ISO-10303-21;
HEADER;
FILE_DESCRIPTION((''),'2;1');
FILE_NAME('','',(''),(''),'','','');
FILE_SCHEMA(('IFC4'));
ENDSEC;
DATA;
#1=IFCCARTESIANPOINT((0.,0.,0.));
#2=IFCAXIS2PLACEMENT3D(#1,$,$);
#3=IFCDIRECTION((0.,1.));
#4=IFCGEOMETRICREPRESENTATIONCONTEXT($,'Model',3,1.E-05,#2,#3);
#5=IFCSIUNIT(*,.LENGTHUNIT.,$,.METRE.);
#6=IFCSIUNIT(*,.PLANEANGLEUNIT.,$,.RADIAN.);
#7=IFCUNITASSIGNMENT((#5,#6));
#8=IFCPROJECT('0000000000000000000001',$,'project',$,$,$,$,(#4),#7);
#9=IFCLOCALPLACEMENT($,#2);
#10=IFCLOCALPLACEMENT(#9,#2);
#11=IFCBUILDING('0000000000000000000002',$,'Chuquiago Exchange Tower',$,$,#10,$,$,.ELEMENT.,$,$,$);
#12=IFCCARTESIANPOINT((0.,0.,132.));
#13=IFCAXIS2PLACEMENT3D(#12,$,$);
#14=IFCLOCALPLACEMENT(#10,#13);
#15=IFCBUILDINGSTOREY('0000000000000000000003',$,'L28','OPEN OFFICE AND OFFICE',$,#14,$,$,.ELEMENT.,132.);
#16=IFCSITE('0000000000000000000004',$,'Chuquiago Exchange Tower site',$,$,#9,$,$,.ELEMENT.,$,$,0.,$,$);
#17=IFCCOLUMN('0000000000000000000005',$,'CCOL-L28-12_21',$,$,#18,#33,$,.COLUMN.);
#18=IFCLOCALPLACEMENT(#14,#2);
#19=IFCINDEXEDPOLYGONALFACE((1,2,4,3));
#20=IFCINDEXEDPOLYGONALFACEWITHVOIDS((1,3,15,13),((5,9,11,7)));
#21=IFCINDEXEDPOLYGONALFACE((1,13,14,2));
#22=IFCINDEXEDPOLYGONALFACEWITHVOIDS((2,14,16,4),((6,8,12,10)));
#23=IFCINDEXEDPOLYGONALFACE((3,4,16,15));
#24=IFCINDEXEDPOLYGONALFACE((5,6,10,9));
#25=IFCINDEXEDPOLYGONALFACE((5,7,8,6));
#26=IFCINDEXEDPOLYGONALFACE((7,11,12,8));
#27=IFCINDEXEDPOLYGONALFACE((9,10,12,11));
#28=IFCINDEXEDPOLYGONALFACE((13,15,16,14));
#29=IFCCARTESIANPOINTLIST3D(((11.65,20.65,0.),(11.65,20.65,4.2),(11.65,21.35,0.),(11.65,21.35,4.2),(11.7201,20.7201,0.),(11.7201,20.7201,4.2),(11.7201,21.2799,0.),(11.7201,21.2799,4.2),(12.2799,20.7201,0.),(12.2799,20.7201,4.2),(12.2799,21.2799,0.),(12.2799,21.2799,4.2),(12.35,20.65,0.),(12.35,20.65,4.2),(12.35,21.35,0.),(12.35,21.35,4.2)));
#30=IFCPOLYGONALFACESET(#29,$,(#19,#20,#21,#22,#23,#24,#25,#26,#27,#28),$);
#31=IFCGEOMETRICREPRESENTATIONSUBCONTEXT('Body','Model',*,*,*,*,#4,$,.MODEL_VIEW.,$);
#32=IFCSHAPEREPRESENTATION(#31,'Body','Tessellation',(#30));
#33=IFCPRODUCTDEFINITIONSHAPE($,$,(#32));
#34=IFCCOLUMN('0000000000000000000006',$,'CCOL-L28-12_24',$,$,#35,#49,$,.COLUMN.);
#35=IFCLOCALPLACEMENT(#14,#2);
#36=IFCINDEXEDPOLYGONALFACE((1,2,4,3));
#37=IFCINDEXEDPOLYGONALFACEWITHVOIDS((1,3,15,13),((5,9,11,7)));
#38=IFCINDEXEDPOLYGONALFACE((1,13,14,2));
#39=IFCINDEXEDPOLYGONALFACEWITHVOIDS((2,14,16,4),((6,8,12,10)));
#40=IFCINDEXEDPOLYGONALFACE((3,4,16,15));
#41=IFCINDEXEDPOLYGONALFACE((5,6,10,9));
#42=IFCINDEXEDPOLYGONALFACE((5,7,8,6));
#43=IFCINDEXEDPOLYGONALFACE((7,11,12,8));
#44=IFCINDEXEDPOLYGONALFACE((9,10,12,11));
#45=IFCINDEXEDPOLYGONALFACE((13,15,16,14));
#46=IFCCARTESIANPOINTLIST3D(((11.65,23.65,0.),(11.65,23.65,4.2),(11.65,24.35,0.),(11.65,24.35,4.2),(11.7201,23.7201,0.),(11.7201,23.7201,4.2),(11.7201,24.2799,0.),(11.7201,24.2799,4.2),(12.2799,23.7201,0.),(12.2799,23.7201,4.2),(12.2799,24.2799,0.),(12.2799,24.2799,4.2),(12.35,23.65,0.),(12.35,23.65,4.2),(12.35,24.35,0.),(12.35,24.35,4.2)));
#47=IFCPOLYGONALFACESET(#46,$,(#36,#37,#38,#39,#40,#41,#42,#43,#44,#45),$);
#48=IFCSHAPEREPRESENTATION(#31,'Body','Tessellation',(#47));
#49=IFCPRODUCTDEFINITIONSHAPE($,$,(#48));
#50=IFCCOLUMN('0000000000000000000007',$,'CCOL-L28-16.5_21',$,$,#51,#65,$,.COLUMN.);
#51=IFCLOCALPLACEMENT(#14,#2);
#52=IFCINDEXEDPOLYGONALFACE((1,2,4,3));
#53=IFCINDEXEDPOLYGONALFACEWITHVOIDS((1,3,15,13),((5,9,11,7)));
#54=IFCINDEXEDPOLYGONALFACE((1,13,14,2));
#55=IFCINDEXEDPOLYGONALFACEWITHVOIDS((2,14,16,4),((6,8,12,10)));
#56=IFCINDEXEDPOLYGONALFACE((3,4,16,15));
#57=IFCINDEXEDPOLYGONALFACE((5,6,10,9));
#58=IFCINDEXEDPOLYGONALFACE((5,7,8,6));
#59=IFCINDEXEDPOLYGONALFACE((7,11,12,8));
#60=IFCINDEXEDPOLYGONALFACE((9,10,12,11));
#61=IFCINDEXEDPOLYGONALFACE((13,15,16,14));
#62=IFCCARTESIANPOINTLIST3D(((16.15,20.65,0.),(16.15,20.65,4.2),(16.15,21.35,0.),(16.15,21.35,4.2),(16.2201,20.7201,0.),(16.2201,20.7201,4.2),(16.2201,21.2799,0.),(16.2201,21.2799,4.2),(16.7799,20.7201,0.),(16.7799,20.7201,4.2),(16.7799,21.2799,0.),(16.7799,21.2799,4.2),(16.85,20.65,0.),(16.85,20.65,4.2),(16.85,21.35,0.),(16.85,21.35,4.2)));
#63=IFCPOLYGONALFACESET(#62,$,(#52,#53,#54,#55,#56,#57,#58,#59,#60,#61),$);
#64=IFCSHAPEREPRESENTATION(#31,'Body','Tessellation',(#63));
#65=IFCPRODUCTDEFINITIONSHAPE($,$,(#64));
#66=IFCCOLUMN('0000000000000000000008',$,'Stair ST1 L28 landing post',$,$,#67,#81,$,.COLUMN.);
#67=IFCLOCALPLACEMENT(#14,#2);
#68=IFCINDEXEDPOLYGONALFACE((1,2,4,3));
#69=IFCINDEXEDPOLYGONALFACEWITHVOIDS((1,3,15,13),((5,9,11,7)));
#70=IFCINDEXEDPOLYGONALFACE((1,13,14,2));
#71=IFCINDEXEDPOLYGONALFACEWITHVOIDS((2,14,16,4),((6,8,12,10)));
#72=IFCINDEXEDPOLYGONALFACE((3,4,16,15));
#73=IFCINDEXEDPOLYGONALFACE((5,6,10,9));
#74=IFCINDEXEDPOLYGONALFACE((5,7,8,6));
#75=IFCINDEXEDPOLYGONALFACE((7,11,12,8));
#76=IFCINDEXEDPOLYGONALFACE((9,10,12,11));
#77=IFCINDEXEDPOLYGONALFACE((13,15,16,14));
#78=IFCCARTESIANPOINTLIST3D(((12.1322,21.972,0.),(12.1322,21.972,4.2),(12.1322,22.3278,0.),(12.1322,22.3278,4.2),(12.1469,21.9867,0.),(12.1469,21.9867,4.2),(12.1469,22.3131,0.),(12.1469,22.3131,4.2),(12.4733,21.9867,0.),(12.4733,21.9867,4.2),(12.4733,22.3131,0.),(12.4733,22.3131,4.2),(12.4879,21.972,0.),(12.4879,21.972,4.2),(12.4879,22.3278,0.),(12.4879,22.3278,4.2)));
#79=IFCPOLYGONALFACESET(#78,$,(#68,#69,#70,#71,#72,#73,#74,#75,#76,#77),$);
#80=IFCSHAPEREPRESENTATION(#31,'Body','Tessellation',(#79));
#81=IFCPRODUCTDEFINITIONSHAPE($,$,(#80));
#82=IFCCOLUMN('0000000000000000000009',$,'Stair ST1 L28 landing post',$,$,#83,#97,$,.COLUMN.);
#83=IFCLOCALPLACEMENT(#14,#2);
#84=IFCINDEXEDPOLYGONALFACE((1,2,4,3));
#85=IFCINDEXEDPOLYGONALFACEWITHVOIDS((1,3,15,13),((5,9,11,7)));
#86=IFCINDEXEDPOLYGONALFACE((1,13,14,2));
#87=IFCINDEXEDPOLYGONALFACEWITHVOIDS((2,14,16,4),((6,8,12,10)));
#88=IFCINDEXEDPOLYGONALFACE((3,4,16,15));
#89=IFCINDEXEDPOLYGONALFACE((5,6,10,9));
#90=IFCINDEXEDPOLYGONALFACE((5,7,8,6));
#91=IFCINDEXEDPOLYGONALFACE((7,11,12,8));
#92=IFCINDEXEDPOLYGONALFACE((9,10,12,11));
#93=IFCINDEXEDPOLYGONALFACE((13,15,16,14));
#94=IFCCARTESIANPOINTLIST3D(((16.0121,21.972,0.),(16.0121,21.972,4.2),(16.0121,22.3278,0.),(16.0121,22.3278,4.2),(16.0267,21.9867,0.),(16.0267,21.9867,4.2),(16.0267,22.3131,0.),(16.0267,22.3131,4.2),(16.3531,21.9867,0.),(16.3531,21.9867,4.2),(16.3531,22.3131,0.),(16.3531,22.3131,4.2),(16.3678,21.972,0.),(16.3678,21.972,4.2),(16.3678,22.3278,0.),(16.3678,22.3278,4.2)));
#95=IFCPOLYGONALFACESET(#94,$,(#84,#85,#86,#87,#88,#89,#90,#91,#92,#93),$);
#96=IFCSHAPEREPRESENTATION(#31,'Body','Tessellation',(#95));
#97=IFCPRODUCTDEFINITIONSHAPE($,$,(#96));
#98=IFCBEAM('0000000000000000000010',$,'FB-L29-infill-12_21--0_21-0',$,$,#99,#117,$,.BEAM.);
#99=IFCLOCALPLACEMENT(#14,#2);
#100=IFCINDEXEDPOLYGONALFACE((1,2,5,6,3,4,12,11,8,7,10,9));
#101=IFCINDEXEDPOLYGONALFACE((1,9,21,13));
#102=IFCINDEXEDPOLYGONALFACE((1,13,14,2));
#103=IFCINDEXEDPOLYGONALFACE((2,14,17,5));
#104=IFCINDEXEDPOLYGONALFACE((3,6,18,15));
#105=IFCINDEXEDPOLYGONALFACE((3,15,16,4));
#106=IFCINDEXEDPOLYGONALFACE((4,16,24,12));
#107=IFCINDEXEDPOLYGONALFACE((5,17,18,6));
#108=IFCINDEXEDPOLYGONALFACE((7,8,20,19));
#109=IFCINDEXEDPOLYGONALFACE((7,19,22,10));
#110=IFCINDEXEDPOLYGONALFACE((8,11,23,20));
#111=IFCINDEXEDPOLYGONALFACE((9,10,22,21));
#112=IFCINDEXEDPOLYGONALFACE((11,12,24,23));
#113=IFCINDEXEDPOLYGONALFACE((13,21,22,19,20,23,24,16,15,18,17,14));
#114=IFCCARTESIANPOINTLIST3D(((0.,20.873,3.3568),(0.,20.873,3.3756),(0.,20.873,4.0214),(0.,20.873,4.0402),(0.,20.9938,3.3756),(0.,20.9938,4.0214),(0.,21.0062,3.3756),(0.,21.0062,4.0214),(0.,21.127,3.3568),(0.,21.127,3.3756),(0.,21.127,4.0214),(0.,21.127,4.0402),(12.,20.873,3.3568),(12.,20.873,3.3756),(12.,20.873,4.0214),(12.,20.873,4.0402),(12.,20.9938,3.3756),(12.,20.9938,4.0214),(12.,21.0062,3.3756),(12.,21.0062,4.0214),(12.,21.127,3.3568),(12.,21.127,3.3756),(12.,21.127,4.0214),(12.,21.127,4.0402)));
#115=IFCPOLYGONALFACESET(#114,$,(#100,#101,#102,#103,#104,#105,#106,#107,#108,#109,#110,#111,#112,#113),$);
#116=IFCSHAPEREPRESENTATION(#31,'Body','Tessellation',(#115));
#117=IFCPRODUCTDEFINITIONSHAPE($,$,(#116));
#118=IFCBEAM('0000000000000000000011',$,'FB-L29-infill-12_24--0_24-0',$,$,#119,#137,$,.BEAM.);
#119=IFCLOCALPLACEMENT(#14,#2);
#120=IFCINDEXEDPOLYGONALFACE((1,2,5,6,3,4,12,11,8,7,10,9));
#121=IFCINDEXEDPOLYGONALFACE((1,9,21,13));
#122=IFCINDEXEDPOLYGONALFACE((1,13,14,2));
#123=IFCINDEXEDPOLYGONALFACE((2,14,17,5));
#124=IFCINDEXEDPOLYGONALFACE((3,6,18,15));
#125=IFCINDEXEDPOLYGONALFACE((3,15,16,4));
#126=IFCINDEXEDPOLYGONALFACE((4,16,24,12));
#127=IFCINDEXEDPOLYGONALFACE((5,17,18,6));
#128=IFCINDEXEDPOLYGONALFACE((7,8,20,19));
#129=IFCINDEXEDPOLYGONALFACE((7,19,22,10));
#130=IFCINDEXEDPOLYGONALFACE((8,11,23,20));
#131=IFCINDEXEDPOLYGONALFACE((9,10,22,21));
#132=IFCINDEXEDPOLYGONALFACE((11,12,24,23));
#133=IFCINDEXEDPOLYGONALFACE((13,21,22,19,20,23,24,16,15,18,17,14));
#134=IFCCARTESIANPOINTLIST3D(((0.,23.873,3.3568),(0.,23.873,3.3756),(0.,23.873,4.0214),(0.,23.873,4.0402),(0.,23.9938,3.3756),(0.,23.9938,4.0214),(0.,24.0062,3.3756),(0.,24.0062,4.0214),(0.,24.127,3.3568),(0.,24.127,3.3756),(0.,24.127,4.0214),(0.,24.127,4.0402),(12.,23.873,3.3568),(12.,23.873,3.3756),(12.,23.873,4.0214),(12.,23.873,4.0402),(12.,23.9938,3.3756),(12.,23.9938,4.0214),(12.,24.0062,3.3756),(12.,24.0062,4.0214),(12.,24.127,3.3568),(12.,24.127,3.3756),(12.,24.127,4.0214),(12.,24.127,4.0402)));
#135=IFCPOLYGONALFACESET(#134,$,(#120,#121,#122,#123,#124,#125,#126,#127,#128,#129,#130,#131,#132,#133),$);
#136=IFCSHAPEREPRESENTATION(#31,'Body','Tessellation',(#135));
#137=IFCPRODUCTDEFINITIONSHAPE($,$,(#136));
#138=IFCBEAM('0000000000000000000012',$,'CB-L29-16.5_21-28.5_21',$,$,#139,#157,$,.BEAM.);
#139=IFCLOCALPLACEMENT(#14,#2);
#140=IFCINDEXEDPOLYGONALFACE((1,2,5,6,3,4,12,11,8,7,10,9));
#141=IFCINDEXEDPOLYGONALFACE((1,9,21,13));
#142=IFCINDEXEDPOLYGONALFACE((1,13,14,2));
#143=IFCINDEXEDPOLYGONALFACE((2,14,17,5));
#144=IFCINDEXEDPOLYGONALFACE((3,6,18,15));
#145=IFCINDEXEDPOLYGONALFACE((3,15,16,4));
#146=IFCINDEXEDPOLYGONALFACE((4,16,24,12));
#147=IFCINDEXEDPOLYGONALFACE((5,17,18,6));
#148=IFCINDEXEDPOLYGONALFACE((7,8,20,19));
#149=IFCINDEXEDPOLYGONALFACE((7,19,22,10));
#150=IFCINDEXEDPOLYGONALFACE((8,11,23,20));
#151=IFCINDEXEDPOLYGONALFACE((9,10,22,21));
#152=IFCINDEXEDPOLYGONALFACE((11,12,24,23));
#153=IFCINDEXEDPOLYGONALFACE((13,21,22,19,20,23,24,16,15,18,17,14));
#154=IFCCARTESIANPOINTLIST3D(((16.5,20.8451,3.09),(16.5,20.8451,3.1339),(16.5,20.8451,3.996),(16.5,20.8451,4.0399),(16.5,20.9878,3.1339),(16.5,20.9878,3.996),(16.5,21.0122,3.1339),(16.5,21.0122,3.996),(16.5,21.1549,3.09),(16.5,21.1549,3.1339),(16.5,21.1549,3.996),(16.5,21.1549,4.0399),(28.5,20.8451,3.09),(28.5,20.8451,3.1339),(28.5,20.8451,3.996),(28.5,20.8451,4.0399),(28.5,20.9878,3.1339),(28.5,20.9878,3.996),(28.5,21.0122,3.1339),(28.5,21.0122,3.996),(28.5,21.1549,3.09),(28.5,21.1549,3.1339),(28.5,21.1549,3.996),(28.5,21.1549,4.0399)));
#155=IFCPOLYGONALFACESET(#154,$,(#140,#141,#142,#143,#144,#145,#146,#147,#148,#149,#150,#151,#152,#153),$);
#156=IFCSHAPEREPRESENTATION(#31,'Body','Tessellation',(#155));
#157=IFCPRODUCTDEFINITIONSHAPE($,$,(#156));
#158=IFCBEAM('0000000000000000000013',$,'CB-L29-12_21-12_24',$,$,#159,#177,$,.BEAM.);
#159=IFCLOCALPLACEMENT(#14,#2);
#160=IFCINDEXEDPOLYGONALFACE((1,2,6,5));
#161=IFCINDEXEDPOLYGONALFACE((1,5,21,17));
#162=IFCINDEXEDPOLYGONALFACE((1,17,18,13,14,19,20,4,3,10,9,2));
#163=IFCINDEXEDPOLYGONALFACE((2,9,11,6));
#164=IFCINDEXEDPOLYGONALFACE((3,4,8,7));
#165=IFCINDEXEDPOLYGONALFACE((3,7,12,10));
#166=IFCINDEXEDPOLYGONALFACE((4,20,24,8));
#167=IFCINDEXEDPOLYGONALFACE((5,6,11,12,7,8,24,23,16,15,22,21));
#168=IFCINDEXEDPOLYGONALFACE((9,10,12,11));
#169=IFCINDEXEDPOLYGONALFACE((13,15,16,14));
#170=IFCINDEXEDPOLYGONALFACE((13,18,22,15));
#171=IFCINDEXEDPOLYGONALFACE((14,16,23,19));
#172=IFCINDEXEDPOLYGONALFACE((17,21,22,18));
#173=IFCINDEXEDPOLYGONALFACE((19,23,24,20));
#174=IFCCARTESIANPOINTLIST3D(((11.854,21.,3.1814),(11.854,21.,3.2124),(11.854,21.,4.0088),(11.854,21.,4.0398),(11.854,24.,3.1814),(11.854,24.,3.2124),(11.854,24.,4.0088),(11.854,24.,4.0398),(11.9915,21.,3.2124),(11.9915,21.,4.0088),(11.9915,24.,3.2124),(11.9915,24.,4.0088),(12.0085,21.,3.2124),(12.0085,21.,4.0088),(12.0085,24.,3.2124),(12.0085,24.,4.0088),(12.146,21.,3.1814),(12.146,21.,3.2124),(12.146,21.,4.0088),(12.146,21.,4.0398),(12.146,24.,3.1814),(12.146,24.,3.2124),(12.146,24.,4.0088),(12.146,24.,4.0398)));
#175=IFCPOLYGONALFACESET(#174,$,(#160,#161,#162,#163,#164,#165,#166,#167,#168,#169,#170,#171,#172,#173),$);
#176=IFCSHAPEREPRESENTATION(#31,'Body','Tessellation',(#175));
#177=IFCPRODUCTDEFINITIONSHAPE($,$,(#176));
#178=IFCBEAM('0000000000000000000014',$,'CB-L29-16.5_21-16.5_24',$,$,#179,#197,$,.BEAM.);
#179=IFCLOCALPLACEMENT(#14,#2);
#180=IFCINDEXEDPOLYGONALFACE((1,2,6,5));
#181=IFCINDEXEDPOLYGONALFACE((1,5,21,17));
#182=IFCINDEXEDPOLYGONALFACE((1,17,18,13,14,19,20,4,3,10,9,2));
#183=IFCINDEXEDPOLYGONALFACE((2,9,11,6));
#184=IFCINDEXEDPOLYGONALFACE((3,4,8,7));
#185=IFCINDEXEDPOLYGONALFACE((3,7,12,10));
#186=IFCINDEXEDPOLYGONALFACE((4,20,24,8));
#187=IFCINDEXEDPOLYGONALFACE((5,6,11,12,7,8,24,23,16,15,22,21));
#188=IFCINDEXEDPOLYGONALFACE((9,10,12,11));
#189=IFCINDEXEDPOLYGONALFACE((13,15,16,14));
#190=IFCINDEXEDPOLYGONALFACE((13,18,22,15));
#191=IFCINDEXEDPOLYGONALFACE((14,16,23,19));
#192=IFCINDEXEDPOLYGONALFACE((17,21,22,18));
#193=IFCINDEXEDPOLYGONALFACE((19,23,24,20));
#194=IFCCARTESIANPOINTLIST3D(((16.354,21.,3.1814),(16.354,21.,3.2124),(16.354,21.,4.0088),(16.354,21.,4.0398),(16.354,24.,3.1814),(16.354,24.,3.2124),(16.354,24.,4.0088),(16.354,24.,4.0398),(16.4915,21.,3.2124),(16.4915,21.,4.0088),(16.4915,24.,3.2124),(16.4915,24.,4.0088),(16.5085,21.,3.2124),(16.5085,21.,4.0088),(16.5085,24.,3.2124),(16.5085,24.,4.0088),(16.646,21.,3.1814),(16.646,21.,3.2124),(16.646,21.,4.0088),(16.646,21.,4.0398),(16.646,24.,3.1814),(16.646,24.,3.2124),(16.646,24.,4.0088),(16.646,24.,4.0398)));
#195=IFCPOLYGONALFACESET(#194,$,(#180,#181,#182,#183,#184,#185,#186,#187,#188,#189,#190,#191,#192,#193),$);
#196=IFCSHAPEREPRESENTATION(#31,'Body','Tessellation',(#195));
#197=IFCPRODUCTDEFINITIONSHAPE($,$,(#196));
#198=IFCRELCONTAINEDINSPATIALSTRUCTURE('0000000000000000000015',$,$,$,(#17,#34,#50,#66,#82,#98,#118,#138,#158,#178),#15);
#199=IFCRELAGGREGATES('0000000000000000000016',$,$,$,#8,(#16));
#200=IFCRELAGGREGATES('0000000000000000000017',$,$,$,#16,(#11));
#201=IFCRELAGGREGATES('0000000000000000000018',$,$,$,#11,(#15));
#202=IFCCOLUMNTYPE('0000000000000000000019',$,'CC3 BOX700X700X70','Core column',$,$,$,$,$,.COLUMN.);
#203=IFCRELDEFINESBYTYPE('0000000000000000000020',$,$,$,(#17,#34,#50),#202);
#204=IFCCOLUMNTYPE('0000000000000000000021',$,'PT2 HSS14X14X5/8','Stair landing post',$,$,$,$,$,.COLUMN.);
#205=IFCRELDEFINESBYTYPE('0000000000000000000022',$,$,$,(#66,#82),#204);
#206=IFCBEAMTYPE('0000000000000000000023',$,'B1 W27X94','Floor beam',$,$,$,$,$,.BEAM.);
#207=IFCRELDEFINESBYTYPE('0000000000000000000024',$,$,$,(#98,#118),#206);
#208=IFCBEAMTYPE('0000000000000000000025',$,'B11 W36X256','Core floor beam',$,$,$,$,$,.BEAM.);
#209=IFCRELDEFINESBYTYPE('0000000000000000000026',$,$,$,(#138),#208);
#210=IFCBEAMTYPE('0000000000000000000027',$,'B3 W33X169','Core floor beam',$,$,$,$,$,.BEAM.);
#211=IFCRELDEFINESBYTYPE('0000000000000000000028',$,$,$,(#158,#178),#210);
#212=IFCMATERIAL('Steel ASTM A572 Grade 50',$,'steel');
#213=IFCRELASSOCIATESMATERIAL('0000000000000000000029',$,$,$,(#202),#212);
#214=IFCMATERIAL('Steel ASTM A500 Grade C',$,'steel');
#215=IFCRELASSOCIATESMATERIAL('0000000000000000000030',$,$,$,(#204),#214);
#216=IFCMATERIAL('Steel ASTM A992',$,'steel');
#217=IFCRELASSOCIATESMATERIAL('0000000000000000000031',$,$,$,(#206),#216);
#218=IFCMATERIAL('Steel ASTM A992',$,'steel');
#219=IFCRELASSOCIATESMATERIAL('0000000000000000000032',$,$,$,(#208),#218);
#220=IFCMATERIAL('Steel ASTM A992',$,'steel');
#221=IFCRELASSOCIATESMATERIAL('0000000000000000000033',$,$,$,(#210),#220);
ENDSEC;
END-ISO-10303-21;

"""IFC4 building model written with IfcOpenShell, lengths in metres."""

from ifc_helpers import new_model, si_unit, direction, frame, origin, origin_2d, place, context, subcontext, project, spatial, hollow_rectangle, i_section, extrude, material, material_profile, profile_set, type_object, element, save


model = new_model("IFC4")

# Units and contexts
model_context = context("Model", 3, precision=1e-05, world=origin(), true_north=direction((0.0, 1.0)))
body_context = subcontext(model_context, "Body", "Model", "MODEL_VIEW")
ifc_project = project(units=[si_unit("LENGTHUNIT", "METRE"), si_unit("PLANEANGLEUNIT", "RADIAN")], contexts=[model_context])

# Site, building, storey
site_placement = place(None, origin())
site = spatial("IfcSite", under=ifc_project, at=site_placement, Name="Chuquiago Exchange Tower site", CompositionType="ELEMENT", RefElevation=0.0)
building_placement = place(site_placement, origin())
building = spatial("IfcBuilding", under=site, at=building_placement, Name="Chuquiago Exchange Tower", CompositionType="ELEMENT")
storey_placement = place(building_placement, frame((0.0, 0.0, 132.0)))
storey = spatial("IfcBuildingStorey", under=building, at=storey_placement, Name="L28", Description="OPEN OFFICE AND OFFICE", CompositionType="ELEMENT", Elevation=132.0)

# Columns
ifc_material_1 = material(Name="Steel ASTM A572 Grade 50", Category="steel")
ifc_material_profile_1 = material_profile(ifc_material_1, hollow_rectangle(XDim=0.7, YDim=0.7, WallThickness=0.0701, at=origin_2d()), Name="BOX700X700X70")
ifc_profile_set_1 = profile_set([ifc_material_profile_1], Name="Steel ASTM A572 Grade 50")
column_type_1 = type_object("IfcColumnType", Name="CC3 BOX700X700X70", Description="Core column", PredefinedType="COLUMN", material=ifc_profile_set_1)
for number, where, z_axis, x_axis, name in (
    (1, (12.0, 21.0, 0.0), (0.0, 0.0, 1.0), (1.0, 0.0, 0.0), "CCOL-L28-12_21"),
    (2, (12.0, 24.0, 0.0), (0.0, 0.0, 1.0), (1.0, 0.0, 0.0), "CCOL-L28-12_24"),
    (3, (16.5, 21.0, 0.0), (0.0, 0.0, 1.0), (1.0, 0.0, 0.0), "CCOL-L28-16.5_21"),
):
    element("IfcColumn", number, at=place(storey_placement, frame(where, z_axis=z_axis, x_axis=x_axis)), inside=storey, type_object=column_type_1, Name=name, PredefinedType="COLUMN", context=body_context, shape_type="SweptSolid", body=[
        extrude(hollow_rectangle(XDim=0.7, YDim=0.7, WallThickness=0.0701, at=origin_2d()), origin(), (0.0, 0.0, 1.0), 4.2),
    ])
ifc_material_2 = material(Name="Steel ASTM A500 Grade C", Category="steel")
ifc_material_profile_2 = material_profile(ifc_material_2, hollow_rectangle(XDim=0.3557, YDim=0.3557, WallThickness=0.0146, at=origin_2d()), Name="HSS14X14X5/8")
ifc_profile_set_2 = profile_set([ifc_material_profile_2], Name="Steel ASTM A500 Grade C")
column_type_2 = type_object("IfcColumnType", Name="PT2 HSS14X14X5/8", Description="Stair landing post", PredefinedType="COLUMN", material=ifc_profile_set_2)
for number, where, z_axis, x_axis, name in (
    (4, (12.3101, 22.1499, 0.0), (0.0, 0.0, 1.0), (1.0, 0.0, 0.0), "Stair ST1 L28 landing post"),
    (5, (16.1899, 22.1499, 0.0), (0.0, 0.0, 1.0), (1.0, 0.0, 0.0), "Stair ST1 L28 landing post"),
):
    element("IfcColumn", number, at=place(storey_placement, frame(where, z_axis=z_axis, x_axis=x_axis)), inside=storey, type_object=column_type_2, Name=name, PredefinedType="COLUMN", context=body_context, shape_type="SweptSolid", body=[
        extrude(hollow_rectangle(XDim=0.3557, YDim=0.3557, WallThickness=0.0146, at=origin_2d()), origin(), (0.0, 0.0, 1.0), 4.2),
    ])

# Beams
ifc_material_3 = material(Name="Steel ASTM A992", Category="steel")
ifc_material_profile_3 = material_profile(ifc_material_3, i_section(OverallWidth=0.2539, OverallDepth=0.6833, WebThickness=0.0125, FlangeThickness=0.0188, at=origin_2d()), Name="W27X94")
ifc_profile_set_3 = profile_set([ifc_material_profile_3], Name="Steel ASTM A992")
beam_type_1 = type_object("IfcBeamType", Name="B1 W27X94", Description="Floor beam", PredefinedType="BEAM", material=ifc_profile_set_3)
for number, where, z_axis, x_axis, name in (
    (6, (12.0, 21.0, 3.6985), (-1.0, 0.0, 0.0), (0.0, -1.0, 0.0), "FB-L29-infill-12_21--0_21-0"),
    (7, (12.0, 24.0, 3.6985), (-1.0, 0.0, 0.0), (0.0, -1.0, 0.0), "FB-L29-infill-12_24--0_24-0"),
):
    element("IfcBeam", number, at=place(storey_placement, frame(where, z_axis=z_axis, x_axis=x_axis)), inside=storey, type_object=beam_type_1, Name=name, PredefinedType="BEAM", context=body_context, shape_type="SweptSolid", body=[
        extrude(i_section(OverallWidth=0.2539, OverallDepth=0.6833, WebThickness=0.0125, FlangeThickness=0.0188, at=origin_2d()), origin(), (0.0, 0.0, 1.0), 12.0),
    ])
ifc_material_4 = material(Name="Steel ASTM A992", Category="steel")
ifc_material_profile_4 = material_profile(ifc_material_4, i_section(OverallWidth=0.3098, OverallDepth=0.95, WebThickness=0.0244, FlangeThickness=0.0439, at=origin_2d()), Name="W36X256")
ifc_profile_set_4 = profile_set([ifc_material_profile_4], Name="Steel ASTM A992")
beam_type_2 = type_object("IfcBeamType", Name="B11 W36X256", Description="Core floor beam", PredefinedType="BEAM", material=ifc_profile_set_4)
beam_placement = place(storey_placement, frame((16.5, 21.0, 3.5649), z_axis=(1.0, 0.0, 0.0), x_axis=(0.0, 1.0, 0.0)))
element("IfcBeam", 8, at=beam_placement, inside=storey, type_object=beam_type_2, Name="CB-L29-16.5_21-28.5_21", PredefinedType="BEAM", context=body_context, shape_type="SweptSolid", body=[
    extrude(i_section(OverallWidth=0.3098, OverallDepth=0.95, WebThickness=0.0244, FlangeThickness=0.0439, at=origin_2d()), origin(), (0.0, 0.0, 1.0), 12.0),
])
ifc_material_5 = material(Name="Steel ASTM A992", Category="steel")
ifc_material_profile_5 = material_profile(ifc_material_5, i_section(OverallWidth=0.292, OverallDepth=0.8584, WebThickness=0.0171, FlangeThickness=0.031, at=origin_2d()), Name="W33X169")
ifc_profile_set_5 = profile_set([ifc_material_profile_5], Name="Steel ASTM A992")
beam_type_3 = type_object("IfcBeamType", Name="B3 W33X169", Description="Core floor beam", PredefinedType="BEAM", material=ifc_profile_set_5)
for number, where, z_axis, x_axis, name in (
    (9, (12.0, 21.0, 3.6106), (0.0, 1.0, 0.0), (-1.0, 0.0, 0.0), "CB-L29-12_21-12_24"),
    (10, (16.5, 21.0, 3.6106), (0.0, 1.0, 0.0), (-1.0, 0.0, 0.0), "CB-L29-16.5_21-16.5_24"),
):
    element("IfcBeam", number, at=place(storey_placement, frame(where, z_axis=z_axis, x_axis=x_axis)), inside=storey, type_object=beam_type_3, Name=name, PredefinedType="BEAM", context=body_context, shape_type="SweptSolid", body=[
        extrude(i_section(OverallWidth=0.292, OverallDepth=0.8584, WebThickness=0.0171, FlangeThickness=0.031, at=origin_2d()), origin(), (0.0, 0.0, 1.0), 3.0),
    ])

save(model, "model.ifc")
